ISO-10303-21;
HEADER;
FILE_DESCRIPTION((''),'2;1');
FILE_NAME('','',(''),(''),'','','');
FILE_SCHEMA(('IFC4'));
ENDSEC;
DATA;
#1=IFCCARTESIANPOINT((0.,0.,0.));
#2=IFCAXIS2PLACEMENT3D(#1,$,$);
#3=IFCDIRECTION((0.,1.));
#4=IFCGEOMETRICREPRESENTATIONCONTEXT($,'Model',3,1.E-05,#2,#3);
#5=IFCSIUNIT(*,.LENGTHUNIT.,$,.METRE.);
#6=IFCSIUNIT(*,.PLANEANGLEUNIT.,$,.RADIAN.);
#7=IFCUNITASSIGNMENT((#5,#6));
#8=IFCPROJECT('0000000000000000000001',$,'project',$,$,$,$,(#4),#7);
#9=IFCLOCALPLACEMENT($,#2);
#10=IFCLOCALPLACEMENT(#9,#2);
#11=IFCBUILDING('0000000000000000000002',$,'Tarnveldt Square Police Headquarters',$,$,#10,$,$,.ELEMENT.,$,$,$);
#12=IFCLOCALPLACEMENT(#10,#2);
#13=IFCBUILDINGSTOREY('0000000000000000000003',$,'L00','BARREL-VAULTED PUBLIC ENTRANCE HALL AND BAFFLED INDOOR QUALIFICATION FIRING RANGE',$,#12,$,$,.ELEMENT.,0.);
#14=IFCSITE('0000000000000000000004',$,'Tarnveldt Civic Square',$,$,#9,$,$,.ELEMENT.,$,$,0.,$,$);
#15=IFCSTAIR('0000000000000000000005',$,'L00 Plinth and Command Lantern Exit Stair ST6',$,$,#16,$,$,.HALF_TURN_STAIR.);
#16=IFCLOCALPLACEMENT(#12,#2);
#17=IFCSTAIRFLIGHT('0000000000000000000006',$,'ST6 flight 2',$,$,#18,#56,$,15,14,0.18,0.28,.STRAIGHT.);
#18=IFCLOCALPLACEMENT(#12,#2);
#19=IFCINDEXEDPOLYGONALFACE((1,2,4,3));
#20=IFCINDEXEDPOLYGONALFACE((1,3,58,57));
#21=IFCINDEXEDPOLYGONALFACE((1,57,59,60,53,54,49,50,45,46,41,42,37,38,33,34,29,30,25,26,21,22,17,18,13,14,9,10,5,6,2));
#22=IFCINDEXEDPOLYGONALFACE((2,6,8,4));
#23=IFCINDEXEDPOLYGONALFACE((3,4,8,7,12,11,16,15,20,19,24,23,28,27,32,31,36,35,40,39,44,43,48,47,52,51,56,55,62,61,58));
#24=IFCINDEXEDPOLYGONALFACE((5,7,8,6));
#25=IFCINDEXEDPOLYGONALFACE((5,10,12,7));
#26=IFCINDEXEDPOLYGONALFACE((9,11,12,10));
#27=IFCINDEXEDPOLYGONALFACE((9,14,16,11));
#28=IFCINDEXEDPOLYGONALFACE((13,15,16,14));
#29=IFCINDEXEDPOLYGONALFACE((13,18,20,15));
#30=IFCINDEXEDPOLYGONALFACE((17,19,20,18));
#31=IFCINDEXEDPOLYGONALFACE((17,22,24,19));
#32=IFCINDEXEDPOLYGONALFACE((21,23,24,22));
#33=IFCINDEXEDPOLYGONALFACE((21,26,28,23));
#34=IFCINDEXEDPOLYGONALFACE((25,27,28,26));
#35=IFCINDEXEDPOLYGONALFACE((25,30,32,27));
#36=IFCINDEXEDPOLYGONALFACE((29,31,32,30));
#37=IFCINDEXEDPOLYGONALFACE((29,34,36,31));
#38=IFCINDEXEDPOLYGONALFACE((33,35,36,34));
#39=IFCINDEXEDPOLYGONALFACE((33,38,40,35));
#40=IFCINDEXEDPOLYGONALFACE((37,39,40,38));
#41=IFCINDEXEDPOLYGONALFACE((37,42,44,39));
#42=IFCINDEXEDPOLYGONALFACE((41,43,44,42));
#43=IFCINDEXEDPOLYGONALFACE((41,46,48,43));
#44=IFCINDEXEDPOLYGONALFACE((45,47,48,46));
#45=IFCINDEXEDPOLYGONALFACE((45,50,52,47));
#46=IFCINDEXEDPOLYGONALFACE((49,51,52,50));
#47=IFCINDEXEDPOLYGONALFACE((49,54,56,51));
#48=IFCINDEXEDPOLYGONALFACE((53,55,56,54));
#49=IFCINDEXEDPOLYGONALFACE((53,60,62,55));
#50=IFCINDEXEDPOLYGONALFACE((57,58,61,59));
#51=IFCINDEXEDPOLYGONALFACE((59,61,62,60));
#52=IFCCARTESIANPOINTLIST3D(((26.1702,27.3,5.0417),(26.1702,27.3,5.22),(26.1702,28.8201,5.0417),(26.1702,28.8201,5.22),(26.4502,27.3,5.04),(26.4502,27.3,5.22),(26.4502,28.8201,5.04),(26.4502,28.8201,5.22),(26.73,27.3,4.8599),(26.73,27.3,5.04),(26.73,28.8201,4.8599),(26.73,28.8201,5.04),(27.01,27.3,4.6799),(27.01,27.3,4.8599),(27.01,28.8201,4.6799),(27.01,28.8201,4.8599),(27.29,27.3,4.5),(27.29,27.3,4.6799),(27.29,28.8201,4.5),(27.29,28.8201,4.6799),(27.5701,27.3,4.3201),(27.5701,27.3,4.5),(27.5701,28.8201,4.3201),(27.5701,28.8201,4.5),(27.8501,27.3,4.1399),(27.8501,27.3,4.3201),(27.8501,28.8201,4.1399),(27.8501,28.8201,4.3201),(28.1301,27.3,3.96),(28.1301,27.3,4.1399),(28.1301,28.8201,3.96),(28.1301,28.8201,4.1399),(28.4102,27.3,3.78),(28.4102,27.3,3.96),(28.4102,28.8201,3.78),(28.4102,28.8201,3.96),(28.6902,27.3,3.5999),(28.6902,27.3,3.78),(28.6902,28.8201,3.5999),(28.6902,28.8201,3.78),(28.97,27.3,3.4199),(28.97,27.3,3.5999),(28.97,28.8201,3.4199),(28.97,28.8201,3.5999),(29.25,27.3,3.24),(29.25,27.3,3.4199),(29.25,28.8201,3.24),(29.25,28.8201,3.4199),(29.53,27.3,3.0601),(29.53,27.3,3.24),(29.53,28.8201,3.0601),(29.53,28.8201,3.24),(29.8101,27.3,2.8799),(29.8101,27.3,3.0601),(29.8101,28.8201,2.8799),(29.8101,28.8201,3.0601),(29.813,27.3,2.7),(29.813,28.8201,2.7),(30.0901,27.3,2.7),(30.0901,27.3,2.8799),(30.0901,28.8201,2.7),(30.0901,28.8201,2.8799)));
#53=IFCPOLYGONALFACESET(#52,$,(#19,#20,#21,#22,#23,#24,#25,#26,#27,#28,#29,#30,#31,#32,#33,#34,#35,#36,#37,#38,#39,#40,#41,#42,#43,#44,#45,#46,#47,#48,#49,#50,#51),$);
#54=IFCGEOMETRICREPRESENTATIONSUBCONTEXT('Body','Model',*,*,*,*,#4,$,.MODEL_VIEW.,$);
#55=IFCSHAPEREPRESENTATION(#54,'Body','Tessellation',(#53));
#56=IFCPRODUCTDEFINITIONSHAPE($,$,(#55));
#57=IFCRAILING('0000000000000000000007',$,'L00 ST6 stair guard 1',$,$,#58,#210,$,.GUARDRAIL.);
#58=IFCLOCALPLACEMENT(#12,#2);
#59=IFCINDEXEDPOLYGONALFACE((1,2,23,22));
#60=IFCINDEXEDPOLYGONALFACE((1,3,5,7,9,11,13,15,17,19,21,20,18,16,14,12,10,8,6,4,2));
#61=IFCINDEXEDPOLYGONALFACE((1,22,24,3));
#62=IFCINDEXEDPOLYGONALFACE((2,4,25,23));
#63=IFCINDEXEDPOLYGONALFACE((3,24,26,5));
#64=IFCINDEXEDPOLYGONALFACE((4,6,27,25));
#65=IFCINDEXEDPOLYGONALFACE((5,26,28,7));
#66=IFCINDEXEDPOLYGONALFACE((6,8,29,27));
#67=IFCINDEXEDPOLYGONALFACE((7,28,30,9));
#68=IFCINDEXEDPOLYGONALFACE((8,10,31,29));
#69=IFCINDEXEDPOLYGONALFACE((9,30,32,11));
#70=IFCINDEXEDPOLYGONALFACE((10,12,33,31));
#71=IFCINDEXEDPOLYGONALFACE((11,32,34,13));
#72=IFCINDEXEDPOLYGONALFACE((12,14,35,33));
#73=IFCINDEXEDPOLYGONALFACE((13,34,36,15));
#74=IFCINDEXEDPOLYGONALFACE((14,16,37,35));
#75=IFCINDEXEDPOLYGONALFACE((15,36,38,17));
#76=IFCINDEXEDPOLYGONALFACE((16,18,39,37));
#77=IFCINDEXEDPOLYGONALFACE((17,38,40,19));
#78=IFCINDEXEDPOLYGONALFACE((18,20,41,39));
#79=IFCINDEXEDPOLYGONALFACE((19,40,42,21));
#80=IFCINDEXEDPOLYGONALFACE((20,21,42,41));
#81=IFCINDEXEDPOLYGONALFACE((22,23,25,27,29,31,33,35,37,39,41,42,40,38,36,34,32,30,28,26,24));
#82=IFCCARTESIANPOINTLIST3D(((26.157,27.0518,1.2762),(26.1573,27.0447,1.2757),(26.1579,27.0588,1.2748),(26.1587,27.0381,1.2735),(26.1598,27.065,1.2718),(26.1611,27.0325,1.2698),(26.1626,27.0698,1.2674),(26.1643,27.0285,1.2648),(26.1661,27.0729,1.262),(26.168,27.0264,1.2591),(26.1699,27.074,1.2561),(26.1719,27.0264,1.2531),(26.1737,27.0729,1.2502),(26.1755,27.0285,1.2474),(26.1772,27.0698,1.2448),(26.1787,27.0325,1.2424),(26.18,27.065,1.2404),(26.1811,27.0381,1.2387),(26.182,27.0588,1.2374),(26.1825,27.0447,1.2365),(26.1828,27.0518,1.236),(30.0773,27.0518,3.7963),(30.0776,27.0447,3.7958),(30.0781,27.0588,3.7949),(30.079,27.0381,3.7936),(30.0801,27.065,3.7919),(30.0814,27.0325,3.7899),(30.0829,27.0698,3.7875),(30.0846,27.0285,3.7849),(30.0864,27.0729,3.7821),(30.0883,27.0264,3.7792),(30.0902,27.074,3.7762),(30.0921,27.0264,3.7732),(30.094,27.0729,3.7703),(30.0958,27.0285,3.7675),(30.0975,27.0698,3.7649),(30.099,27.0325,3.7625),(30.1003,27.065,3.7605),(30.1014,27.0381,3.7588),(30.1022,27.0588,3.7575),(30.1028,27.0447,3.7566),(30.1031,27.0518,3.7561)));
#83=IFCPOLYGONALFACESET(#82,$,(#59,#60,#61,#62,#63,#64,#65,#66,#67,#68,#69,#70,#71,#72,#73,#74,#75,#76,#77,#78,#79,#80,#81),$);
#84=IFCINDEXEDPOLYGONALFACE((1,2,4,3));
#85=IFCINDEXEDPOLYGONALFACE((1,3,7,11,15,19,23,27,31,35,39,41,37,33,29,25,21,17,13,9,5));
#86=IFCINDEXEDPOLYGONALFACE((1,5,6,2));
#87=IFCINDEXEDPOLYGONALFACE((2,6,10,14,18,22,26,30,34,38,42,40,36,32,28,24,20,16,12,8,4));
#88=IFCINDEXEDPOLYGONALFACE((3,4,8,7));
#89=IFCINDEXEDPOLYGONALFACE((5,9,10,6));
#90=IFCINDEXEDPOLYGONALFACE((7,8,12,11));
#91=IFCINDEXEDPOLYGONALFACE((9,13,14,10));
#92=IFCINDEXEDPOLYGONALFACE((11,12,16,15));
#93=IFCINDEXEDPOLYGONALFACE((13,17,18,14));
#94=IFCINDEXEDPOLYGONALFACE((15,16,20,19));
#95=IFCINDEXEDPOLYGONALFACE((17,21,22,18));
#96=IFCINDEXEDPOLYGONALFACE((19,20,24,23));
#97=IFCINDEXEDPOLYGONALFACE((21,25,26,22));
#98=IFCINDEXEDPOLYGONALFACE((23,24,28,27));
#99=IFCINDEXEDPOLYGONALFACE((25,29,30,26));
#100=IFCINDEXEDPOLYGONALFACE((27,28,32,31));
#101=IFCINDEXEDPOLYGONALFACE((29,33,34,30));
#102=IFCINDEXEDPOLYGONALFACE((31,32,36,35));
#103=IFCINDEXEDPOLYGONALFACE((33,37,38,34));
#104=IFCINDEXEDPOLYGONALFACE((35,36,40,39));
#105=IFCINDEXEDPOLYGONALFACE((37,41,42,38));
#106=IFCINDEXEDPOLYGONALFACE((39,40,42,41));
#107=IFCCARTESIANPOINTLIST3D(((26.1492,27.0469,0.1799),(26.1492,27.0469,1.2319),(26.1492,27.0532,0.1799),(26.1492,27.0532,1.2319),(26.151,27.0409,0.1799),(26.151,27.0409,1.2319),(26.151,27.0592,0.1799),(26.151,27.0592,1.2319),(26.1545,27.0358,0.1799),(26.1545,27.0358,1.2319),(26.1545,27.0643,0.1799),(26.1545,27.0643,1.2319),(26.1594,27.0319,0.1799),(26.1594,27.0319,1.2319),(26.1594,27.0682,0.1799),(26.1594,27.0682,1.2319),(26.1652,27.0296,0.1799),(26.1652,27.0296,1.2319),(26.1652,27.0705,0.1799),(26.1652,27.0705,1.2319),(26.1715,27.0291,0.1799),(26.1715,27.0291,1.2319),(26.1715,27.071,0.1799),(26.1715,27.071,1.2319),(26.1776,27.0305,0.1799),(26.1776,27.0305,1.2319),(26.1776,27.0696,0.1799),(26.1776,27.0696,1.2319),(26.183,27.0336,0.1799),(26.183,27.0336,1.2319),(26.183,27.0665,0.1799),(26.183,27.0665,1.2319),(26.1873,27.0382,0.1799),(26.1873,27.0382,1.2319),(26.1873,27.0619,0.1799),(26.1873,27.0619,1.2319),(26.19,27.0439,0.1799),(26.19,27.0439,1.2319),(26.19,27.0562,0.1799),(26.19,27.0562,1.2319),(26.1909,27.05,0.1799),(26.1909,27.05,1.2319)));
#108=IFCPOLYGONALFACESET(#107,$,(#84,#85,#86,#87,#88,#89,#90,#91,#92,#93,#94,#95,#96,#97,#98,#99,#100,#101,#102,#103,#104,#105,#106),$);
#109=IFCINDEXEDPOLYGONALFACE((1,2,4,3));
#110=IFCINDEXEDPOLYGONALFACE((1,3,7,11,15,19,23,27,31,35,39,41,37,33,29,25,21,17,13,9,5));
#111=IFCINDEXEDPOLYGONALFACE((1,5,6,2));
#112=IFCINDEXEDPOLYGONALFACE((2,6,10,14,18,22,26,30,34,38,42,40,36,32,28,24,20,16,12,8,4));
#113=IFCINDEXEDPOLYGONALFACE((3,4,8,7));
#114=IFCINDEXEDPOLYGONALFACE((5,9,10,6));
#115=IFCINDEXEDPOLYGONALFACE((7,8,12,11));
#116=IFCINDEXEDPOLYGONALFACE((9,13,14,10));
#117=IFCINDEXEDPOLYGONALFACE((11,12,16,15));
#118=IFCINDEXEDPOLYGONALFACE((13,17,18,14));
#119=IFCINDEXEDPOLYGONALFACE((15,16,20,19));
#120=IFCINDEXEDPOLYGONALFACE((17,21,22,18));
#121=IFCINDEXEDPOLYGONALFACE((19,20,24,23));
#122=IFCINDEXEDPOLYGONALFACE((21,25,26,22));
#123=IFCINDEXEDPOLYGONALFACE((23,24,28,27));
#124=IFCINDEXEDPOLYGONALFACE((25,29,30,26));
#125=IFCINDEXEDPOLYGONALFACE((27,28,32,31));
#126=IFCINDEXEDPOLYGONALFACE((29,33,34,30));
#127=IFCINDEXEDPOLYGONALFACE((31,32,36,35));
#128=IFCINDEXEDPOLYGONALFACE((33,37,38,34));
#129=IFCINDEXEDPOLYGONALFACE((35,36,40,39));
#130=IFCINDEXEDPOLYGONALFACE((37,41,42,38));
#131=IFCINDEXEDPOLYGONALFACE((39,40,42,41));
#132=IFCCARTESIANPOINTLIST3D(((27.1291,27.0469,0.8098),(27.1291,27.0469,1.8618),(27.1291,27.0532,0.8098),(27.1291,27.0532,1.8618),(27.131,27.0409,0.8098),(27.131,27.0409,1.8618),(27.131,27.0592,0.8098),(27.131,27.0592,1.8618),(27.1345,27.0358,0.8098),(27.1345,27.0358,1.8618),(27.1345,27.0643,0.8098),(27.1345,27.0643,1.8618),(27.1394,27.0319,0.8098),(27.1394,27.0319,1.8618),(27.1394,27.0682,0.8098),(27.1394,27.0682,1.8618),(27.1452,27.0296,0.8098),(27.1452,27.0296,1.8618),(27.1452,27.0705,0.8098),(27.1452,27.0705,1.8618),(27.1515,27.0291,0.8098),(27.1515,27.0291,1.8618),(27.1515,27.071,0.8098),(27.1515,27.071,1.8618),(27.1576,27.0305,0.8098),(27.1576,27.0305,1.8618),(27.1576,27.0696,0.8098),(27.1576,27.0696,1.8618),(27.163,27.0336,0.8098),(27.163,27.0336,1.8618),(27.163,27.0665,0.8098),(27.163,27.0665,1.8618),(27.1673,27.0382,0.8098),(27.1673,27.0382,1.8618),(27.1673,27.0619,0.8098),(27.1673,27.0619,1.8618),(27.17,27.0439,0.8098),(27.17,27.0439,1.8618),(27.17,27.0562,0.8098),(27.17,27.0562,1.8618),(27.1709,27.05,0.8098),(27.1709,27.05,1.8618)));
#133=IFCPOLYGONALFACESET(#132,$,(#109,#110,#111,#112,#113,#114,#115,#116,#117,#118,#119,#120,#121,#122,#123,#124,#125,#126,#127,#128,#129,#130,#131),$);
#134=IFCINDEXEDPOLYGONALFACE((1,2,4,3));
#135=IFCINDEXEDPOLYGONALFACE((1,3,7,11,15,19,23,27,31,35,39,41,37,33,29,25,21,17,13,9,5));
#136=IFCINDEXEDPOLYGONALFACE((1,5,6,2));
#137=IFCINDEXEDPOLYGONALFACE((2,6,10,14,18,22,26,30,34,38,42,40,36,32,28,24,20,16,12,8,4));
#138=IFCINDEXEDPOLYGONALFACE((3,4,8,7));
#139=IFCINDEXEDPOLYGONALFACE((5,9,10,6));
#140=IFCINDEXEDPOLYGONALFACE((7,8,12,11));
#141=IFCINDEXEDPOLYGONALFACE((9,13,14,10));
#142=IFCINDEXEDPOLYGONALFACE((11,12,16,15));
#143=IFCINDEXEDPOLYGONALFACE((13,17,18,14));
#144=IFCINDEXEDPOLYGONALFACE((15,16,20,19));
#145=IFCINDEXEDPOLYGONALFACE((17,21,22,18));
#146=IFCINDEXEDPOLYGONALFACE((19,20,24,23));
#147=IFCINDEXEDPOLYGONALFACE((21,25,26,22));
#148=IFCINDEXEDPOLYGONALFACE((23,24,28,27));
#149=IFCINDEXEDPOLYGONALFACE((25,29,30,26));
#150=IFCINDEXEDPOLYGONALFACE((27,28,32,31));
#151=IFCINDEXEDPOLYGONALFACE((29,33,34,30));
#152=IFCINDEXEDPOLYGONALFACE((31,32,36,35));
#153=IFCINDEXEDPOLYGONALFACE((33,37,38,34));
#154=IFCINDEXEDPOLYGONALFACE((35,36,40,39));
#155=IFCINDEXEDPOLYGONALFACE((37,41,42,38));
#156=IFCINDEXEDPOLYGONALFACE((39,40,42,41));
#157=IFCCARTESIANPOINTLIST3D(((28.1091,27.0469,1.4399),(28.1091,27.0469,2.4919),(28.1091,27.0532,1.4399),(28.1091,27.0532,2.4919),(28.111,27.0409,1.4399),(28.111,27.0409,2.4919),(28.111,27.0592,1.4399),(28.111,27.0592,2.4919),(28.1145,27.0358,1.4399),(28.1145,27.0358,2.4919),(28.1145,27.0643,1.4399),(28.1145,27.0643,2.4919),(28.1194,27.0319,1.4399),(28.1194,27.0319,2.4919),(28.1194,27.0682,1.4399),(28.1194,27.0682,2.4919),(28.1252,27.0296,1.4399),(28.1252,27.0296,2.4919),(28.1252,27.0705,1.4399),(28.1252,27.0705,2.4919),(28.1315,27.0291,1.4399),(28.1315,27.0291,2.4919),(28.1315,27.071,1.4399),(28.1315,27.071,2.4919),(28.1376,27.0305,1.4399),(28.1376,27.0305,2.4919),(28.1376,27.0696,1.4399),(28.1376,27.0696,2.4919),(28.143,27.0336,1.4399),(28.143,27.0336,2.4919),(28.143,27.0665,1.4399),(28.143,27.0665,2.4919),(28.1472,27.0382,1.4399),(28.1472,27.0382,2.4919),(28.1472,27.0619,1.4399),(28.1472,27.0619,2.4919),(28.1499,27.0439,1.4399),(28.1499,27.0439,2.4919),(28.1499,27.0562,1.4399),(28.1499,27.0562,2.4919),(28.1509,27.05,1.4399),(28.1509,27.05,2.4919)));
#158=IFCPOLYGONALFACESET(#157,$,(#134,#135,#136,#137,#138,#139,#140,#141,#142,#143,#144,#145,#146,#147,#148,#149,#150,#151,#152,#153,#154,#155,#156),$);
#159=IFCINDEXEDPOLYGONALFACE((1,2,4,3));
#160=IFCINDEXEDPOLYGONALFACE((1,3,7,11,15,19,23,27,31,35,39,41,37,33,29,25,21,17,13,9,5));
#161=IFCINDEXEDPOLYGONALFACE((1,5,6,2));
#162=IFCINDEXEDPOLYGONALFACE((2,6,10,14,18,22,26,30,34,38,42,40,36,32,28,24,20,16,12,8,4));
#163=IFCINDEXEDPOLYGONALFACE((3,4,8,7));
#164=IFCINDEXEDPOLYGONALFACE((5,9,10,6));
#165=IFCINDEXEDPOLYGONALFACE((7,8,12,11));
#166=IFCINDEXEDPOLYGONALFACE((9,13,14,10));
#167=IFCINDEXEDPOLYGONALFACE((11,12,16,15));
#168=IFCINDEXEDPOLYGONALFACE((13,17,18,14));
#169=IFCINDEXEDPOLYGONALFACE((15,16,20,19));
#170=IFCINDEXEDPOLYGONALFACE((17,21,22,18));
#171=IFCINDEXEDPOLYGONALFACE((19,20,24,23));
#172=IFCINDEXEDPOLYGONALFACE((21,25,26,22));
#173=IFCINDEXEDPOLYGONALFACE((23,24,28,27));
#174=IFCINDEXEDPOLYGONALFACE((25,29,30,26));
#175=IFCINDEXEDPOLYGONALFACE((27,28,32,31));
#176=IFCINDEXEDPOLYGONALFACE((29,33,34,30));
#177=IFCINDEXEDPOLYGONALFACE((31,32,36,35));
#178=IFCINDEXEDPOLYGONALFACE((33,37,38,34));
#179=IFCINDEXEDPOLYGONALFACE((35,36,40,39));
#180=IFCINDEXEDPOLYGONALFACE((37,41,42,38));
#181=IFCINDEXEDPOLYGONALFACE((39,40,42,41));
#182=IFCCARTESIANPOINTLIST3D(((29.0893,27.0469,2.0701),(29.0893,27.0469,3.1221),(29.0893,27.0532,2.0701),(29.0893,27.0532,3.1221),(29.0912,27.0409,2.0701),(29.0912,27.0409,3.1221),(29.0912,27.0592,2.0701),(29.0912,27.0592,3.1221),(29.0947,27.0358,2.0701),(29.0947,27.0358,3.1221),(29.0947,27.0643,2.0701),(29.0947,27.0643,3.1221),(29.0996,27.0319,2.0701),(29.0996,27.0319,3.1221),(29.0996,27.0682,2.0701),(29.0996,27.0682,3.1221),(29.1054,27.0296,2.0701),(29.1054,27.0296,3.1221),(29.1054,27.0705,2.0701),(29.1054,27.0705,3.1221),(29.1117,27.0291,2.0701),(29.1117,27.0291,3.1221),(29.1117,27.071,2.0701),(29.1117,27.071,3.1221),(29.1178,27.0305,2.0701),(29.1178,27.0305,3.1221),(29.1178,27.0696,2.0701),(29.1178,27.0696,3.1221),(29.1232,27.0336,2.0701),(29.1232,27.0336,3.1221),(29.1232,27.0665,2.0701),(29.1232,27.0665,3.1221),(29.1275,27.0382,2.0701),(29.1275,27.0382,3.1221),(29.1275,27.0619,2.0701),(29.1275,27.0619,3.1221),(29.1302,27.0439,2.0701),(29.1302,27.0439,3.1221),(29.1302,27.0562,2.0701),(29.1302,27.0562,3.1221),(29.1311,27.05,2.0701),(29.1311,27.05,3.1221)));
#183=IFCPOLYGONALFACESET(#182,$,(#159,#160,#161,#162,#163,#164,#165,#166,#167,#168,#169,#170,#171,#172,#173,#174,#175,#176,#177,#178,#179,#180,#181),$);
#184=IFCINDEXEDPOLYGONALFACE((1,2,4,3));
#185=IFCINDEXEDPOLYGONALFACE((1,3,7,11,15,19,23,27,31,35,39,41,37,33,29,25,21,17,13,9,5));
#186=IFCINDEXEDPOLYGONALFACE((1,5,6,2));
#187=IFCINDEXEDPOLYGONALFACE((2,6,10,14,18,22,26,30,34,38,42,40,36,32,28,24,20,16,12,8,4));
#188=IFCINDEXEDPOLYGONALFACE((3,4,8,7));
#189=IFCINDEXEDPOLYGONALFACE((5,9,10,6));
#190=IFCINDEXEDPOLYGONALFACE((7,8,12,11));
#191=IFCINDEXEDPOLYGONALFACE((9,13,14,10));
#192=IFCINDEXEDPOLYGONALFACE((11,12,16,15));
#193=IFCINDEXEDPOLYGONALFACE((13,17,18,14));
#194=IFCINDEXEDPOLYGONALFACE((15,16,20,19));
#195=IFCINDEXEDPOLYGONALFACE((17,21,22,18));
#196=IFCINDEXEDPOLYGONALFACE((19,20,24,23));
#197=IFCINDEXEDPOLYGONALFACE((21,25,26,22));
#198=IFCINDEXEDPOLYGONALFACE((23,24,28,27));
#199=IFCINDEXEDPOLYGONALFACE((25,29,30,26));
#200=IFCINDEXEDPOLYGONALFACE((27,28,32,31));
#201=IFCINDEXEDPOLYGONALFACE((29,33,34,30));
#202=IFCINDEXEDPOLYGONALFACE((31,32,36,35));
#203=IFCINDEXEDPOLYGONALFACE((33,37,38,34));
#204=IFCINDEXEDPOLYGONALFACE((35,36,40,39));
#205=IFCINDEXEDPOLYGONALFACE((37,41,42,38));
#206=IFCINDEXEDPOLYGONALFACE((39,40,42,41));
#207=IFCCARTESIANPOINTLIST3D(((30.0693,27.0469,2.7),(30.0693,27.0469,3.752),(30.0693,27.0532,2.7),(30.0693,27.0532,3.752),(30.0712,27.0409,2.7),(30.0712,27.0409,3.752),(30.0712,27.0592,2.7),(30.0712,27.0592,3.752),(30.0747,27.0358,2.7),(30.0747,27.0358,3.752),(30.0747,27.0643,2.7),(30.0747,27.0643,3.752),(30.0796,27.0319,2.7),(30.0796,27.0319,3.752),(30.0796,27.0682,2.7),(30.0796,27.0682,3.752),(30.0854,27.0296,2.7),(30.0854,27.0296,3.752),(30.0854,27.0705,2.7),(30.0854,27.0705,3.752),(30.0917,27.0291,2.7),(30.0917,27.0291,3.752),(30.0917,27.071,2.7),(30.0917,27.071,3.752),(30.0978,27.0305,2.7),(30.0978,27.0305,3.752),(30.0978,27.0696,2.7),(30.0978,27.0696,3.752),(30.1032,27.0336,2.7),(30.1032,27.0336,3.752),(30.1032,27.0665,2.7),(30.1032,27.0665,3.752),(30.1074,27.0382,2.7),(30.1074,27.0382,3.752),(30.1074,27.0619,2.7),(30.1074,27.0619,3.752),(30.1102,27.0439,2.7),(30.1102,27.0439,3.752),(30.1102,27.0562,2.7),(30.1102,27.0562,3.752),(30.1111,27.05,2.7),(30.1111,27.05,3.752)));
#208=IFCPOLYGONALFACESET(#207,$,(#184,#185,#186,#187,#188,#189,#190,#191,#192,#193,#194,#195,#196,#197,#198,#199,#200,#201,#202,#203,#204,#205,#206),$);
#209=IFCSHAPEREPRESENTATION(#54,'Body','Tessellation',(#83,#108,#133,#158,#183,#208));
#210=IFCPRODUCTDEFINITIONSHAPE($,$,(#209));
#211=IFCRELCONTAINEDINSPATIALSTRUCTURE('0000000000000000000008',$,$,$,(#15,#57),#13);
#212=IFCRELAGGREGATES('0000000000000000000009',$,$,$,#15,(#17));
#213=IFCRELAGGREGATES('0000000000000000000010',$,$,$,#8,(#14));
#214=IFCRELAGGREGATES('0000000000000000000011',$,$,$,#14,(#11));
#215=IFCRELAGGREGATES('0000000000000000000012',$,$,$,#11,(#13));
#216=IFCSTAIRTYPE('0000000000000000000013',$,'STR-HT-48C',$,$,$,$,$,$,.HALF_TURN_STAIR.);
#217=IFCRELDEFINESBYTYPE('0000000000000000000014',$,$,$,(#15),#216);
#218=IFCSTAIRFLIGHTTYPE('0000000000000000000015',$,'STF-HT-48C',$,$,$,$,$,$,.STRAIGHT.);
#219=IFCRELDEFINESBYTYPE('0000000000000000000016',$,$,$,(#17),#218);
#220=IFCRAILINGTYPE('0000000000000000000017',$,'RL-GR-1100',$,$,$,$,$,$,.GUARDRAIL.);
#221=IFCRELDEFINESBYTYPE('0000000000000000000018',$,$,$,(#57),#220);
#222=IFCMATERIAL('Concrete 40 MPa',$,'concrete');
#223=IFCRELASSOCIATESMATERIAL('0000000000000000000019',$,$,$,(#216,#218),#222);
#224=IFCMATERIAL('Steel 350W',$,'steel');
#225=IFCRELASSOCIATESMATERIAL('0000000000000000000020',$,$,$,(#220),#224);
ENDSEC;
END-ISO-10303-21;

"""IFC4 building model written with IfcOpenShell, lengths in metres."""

from ifc_helpers import new_model, si_unit, direction, frame, origin, origin_2d, place, context, subcontext, project, spatial, polyline, circle, outline, extrude, material, type_object, element, aggregate, save


model = new_model("IFC4")

# Units and contexts
model_context = context("Model", 3, precision=1e-05, world=origin(), true_north=direction((0.0, 1.0)))
body_context = subcontext(model_context, "Body", "Model", "MODEL_VIEW")
ifc_project = project(units=[si_unit("LENGTHUNIT", "METRE"), si_unit("PLANEANGLEUNIT", "RADIAN")], contexts=[model_context])

# Site, building, storey
site_placement = place(None, origin())
site = spatial("IfcSite", under=ifc_project, at=site_placement, Name="Tarnveldt Civic Square", CompositionType="ELEMENT", RefElevation=0.0)
building_placement = place(site_placement, origin())
building = spatial("IfcBuilding", under=site, at=building_placement, Name="Tarnveldt Square Police Headquarters", CompositionType="ELEMENT")
storey_placement = place(building_placement, origin())
storey = spatial("IfcBuildingStorey", under=building, at=storey_placement, Name="L00", Description="BARREL-VAULTED PUBLIC ENTRANCE HALL AND BAFFLED INDOOR QUALIFICATION FIRING RANGE", CompositionType="ELEMENT", Elevation=0.0)

# Shared definitions
ifc_material_1 = material(Name="Concrete 40 MPa", Category="concrete")
ifc_material_2 = material(Name="Steel 350W", Category="steel")

# Stair, stair flight
stair_type = type_object("IfcStairType", Name="STR-HT-48C", PredefinedType="HALF_TURN_STAIR", material=ifc_material_1)
stair_placement = place(storey_placement, origin())
stair = element("IfcStair", 1, at=stair_placement, inside=storey, type_object=stair_type, Name="L00 Plinth and Command Lantern Exit Stair ST6", PredefinedType="HALF_TURN_STAIR")
stair_flight_type = type_object("IfcStairFlightType", Name="STF-HT-48C", PredefinedType="STRAIGHT", material=ifc_material_1)
stair_flight_placement = place(storey_placement, frame((30.0901, 28.0601, 2.7), z_axis=(0.0, 0.0, 1.0), x_axis=(-1.0, 0.0, 0.0)))
stair_flight = element("IfcStairFlight", 2, at=stair_flight_placement, type_object=stair_flight_type, Name="ST6 flight 2", NumberOfRisers=15, NumberOfTreads=14, PredefinedType="STRAIGHT", RiserHeight=0.18, TreadLength=0.28, context=body_context, shape_type="SweptSolid", body=[
    extrude(outline(polyline([(0.0, 0.0), (0.0, 0.1799), (0.28, 0.1799), (0.28, 0.3601), (0.5601, 0.3601), (0.5601, 0.54), (0.8401, 0.54), (0.8401, 0.72), (1.1201, 0.72), (1.1201, 0.8999), (1.3999, 0.8999), (1.3999, 1.0801), (1.6799, 1.0801), (1.6799, 1.26), (1.96, 1.26), (1.96, 1.4399), (2.24, 1.4399), (2.24, 1.6201), (2.52, 1.6201), (2.52, 1.8), (2.8, 1.8), (2.8, 1.98), (3.0801, 1.98), (3.0801, 2.1599), (3.3601, 2.1599), (3.3601, 2.3401), (3.6399, 2.3401), (3.6399, 2.52), (3.9199, 2.52), (3.9199, 2.7), (3.9199, 2.3418), (0.2771, 0.0), (0.0, 0.0)])), frame((0.0, 0.76, 0.0), z_axis=(0.0, -1.0, 0.0), x_axis=(1.0, 0.0, 0.0)), (0.0, 0.0, 1.0), 1.52),
])
aggregate(stair, [stair_flight])

# Railing
railing_type_1 = type_object("IfcRailingType", Name="RL-GR-1100", PredefinedType="GUARDRAIL", material=ifc_material_2)
railing_1_placement = place(storey_placement, frame((26.1699, 27.05, 0.1799)))
element("IfcRailing", 3, at=railing_1_placement, inside=storey, type_object=railing_type_1, Name="L00 ST6 stair guard 1", PredefinedType="GUARDRAIL", context=body_context, shape_type="SweptSolid", body=[
    extrude(circle(Radius=0.0239, at=origin_2d()), frame((0.0, 0.0, 1.0762), z_axis=(0.841187, 0.0, 0.540744), x_axis=(0.0, 1.0, 0.0)), (0.0, 0.0, 1.0), 4.6604),
    extrude(circle(Radius=0.021, at=origin_2d()), origin(), (0.0, 0.0, 1.0), 1.052),
    extrude(circle(Radius=0.021, at=origin_2d()), frame((0.98, 0.0, 0.6299)), (0.0, 0.0, 1.0), 1.052),
    extrude(circle(Radius=0.021, at=origin_2d()), frame((1.96, 0.0, 1.26)), (0.0, 0.0, 1.0), 1.052),
    extrude(circle(Radius=0.021, at=origin_2d()), frame((2.9402, 0.0, 1.8901)), (0.0, 0.0, 1.0), 1.052),
    extrude(circle(Radius=0.021, at=origin_2d()), frame((3.9202, 0.0, 2.52)), (0.0, 0.0, 1.0), 1.052),
])

save(model, "model.ifc")
